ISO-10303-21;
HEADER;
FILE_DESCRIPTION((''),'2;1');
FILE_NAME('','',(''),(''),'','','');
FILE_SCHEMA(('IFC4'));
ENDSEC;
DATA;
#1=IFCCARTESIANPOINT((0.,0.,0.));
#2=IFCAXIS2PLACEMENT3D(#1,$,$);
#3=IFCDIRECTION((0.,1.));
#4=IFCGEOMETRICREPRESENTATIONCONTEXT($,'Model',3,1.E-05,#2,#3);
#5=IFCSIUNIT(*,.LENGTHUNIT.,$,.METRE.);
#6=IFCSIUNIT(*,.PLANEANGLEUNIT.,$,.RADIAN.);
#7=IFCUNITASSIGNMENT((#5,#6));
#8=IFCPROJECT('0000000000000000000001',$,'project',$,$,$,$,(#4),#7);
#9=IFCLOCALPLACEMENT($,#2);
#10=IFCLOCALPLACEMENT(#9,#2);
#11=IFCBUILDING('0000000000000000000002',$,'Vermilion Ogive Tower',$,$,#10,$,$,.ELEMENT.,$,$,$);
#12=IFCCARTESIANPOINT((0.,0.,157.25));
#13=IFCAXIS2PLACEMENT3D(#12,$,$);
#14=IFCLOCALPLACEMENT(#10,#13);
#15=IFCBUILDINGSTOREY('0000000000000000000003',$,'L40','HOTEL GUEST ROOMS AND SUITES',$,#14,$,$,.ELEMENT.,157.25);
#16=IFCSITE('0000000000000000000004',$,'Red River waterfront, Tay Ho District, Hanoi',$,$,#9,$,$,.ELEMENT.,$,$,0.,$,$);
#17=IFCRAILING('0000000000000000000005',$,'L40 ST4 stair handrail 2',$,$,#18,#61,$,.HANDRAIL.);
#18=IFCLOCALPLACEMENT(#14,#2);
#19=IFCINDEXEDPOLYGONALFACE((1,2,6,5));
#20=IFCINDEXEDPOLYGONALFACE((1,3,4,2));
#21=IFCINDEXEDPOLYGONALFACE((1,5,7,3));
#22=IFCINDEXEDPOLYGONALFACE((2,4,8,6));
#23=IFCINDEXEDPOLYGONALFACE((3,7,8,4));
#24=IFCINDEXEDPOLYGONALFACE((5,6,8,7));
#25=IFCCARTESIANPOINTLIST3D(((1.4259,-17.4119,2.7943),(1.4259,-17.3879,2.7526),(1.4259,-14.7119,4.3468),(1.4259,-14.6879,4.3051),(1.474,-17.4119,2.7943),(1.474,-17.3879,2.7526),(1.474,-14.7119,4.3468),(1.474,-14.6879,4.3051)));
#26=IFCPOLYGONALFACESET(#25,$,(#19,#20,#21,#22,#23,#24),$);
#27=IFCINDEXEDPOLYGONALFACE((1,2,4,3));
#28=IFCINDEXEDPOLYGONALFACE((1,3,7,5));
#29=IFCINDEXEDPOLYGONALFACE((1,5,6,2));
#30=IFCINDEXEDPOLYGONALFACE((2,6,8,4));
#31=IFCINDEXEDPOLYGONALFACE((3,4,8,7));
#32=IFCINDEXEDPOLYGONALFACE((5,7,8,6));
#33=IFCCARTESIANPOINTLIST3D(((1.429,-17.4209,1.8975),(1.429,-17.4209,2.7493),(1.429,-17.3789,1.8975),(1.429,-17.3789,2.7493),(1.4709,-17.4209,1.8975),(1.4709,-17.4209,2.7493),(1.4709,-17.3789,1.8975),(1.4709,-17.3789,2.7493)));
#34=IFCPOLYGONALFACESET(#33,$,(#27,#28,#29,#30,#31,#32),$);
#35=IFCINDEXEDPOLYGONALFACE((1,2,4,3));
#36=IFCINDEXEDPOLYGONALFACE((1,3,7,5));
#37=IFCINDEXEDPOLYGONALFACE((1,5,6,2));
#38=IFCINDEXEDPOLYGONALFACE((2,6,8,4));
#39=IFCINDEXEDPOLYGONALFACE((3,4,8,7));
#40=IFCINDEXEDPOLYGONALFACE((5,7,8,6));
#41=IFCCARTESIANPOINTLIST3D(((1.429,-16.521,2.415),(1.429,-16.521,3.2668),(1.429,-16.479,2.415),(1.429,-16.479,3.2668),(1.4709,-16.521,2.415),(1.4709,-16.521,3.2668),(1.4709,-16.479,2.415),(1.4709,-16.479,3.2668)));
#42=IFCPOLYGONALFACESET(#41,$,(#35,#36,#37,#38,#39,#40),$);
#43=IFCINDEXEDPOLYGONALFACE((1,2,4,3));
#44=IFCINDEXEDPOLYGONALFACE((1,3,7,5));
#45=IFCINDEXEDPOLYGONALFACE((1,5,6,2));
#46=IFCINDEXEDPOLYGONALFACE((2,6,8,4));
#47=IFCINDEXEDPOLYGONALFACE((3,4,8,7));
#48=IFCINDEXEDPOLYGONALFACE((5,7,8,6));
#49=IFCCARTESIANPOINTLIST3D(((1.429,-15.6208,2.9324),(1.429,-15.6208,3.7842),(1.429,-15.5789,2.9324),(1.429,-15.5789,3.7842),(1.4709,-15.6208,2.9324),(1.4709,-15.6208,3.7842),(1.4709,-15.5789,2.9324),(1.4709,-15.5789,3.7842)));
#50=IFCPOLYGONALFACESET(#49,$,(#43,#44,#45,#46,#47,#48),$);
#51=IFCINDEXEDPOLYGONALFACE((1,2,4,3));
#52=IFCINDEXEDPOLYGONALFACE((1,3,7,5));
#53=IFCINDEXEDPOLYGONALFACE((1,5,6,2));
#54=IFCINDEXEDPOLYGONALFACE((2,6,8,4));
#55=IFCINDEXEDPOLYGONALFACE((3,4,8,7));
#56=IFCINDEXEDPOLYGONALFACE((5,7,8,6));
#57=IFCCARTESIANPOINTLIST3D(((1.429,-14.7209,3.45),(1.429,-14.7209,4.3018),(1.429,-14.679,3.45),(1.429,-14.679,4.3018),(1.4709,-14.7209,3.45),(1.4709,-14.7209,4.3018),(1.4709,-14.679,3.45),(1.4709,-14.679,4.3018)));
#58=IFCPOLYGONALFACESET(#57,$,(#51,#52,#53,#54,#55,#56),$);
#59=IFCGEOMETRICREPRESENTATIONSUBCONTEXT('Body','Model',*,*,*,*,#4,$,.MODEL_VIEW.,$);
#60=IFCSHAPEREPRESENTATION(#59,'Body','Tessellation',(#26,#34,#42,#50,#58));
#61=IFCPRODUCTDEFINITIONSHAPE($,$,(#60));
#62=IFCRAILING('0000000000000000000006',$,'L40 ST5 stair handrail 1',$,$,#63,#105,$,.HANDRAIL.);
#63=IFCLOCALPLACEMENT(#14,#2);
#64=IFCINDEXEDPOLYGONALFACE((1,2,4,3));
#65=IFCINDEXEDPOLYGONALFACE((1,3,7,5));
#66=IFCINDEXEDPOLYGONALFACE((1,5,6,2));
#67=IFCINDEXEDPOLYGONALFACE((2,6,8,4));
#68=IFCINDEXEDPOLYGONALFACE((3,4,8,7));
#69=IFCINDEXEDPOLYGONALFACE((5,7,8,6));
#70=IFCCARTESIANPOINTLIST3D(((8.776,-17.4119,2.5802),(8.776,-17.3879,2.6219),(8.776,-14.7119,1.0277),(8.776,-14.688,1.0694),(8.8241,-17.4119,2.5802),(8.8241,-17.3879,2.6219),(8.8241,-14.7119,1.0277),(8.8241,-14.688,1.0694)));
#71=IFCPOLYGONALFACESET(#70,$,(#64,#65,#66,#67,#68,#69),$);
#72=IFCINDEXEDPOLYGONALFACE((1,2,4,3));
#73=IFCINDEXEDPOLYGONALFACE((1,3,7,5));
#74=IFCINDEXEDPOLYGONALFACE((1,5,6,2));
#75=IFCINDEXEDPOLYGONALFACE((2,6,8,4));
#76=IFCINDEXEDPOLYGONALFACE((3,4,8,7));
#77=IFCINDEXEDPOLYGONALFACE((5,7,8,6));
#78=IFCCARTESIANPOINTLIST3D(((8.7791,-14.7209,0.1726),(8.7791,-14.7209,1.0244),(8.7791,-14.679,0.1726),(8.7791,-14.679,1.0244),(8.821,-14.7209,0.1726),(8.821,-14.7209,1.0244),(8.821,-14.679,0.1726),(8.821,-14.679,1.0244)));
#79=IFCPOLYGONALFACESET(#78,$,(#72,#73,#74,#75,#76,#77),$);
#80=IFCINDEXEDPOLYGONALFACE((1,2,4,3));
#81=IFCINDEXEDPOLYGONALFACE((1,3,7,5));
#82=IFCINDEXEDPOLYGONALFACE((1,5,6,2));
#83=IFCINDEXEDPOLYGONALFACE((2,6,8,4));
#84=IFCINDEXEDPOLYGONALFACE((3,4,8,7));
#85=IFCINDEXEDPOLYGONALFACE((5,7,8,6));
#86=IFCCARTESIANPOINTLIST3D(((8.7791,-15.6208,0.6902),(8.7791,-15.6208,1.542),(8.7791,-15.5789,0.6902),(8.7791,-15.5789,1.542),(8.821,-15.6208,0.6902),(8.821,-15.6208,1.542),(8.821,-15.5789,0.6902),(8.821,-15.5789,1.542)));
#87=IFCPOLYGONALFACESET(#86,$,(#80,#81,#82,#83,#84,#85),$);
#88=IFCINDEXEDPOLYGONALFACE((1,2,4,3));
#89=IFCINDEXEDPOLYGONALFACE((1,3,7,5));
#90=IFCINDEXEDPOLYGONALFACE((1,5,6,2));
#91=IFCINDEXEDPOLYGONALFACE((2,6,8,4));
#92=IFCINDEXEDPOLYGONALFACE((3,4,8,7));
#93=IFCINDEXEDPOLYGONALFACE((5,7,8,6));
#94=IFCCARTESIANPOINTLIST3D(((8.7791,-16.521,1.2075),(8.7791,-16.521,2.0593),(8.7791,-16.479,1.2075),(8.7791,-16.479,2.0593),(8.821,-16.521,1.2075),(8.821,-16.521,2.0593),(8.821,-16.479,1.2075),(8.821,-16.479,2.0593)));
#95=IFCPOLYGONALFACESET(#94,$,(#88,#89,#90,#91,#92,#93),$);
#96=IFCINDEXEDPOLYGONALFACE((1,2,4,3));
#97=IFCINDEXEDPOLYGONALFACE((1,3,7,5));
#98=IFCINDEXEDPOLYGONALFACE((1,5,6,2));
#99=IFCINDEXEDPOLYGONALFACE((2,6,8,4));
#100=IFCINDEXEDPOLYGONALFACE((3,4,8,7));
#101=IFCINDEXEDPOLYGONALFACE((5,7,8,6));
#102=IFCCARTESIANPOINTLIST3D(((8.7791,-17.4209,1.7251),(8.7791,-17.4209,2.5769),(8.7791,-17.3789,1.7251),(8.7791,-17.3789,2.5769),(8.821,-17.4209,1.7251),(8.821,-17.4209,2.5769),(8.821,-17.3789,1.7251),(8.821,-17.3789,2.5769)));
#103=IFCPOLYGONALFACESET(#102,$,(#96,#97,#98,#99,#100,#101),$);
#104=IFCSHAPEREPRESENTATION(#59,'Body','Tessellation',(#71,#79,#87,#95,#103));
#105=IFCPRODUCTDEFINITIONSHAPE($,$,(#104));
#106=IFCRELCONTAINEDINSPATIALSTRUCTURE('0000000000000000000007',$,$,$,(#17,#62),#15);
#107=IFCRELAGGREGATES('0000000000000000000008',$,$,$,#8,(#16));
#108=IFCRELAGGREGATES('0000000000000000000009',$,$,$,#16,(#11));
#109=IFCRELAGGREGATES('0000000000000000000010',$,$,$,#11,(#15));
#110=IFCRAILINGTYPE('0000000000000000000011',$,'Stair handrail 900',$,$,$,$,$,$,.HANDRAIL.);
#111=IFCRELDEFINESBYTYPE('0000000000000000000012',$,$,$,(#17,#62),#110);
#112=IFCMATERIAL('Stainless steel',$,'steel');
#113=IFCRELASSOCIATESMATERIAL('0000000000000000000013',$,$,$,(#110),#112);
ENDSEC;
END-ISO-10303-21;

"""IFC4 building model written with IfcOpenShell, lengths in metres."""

from ifc_helpers import new_model, si_unit, direction, frame, origin, origin_2d, place, context, subcontext, project, spatial, rectangle, extrude, material, type_object, element, save


model = new_model("IFC4")

# Units and contexts
model_context = context("Model", 3, precision=1e-05, world=origin(), true_north=direction((0.0, 1.0)))
body_context = subcontext(model_context, "Body", "Model", "MODEL_VIEW")
ifc_project = project(units=[si_unit("LENGTHUNIT", "METRE"), si_unit("PLANEANGLEUNIT", "RADIAN")], contexts=[model_context])

# Site, building, storey
site_placement = place(None, origin())
site = spatial("IfcSite", under=ifc_project, at=site_placement, Name="Red River waterfront, Tay Ho District, Hanoi", CompositionType="ELEMENT", RefElevation=0.0)
building_placement = place(site_placement, origin())
building = spatial("IfcBuilding", under=site, at=building_placement, Name="Vermilion Ogive Tower", CompositionType="ELEMENT")
storey_placement = place(building_placement, frame((0.0, 0.0, 157.25)))
storey = spatial("IfcBuildingStorey", under=building, at=storey_placement, Name="L40", Description="HOTEL GUEST ROOMS AND SUITES", CompositionType="ELEMENT", Elevation=157.25)

# Railings
ifc_material_1 = material(Name="Stainless steel", Category="steel")
railing_type = type_object("IfcRailingType", Name="Stair handrail 900", PredefinedType="HANDRAIL", material=ifc_material_1)
railing_1_placement = place(storey_placement, frame((1.45, -17.3999, 1.8975)))
element("IfcRailing", 1, at=railing_1_placement, inside=storey, type_object=railing_type, Name="L40 ST4 stair handrail 2", PredefinedType="HANDRAIL", context=body_context, shape_type="SweptSolid", body=[
    extrude(rectangle(XDim=0.0481, YDim=0.0481, at=origin_2d()), frame((0.0, 0.0, 0.876), z_axis=(0.0, 0.866904, 0.498476), x_axis=(-1.0, 0.0, 0.0)), (0.0, 0.0, 1.0), 3.1145),
    extrude(rectangle(XDim=0.042, YDim=0.042, at=origin_2d()), origin(), (0.0, 0.0, 1.0), 0.8518),
    extrude(rectangle(XDim=0.042, YDim=0.042, at=origin_2d()), frame((0.0, 0.8999, 0.5176)), (0.0, 0.0, 1.0), 0.8518),
    extrude(rectangle(XDim=0.042, YDim=0.042, at=origin_2d()), frame((0.0, 1.8, 1.0349)), (0.0, 0.0, 1.0), 0.8518),
    extrude(rectangle(XDim=0.042, YDim=0.042, at=origin_2d()), frame((0.0, 2.7, 1.5525)), (0.0, 0.0, 1.0), 0.8518),
])
railing_2_placement = place(storey_placement, frame((8.8, -14.7, 0.1726)))
element("IfcRailing", 2, at=railing_2_placement, inside=storey, type_object=railing_type, Name="L40 ST5 stair handrail 1", PredefinedType="HANDRAIL", context=body_context, shape_type="SweptSolid", body=[
    extrude(rectangle(XDim=0.0481, YDim=0.0481, at=origin_2d()), frame((0.0, 0.0, 0.876), z_axis=(0.0, -0.866904, 0.498476), x_axis=(1.0, 0.0, 0.0)), (0.0, 0.0, 1.0), 3.1145),
    extrude(rectangle(XDim=0.042, YDim=0.042, at=origin_2d()), origin(), (0.0, 0.0, 1.0), 0.8518),
    extrude(rectangle(XDim=0.042, YDim=0.042, at=origin_2d()), frame((0.0, -0.8999, 0.5176)), (0.0, 0.0, 1.0), 0.8518),
    extrude(rectangle(XDim=0.042, YDim=0.042, at=origin_2d()), frame((0.0, -1.8, 1.0349)), (0.0, 0.0, 1.0), 0.8518),
    extrude(rectangle(XDim=0.042, YDim=0.042, at=origin_2d()), frame((0.0, -2.7, 1.5525)), (0.0, 0.0, 1.0), 0.8518),
])

save(model, "model.ifc")
